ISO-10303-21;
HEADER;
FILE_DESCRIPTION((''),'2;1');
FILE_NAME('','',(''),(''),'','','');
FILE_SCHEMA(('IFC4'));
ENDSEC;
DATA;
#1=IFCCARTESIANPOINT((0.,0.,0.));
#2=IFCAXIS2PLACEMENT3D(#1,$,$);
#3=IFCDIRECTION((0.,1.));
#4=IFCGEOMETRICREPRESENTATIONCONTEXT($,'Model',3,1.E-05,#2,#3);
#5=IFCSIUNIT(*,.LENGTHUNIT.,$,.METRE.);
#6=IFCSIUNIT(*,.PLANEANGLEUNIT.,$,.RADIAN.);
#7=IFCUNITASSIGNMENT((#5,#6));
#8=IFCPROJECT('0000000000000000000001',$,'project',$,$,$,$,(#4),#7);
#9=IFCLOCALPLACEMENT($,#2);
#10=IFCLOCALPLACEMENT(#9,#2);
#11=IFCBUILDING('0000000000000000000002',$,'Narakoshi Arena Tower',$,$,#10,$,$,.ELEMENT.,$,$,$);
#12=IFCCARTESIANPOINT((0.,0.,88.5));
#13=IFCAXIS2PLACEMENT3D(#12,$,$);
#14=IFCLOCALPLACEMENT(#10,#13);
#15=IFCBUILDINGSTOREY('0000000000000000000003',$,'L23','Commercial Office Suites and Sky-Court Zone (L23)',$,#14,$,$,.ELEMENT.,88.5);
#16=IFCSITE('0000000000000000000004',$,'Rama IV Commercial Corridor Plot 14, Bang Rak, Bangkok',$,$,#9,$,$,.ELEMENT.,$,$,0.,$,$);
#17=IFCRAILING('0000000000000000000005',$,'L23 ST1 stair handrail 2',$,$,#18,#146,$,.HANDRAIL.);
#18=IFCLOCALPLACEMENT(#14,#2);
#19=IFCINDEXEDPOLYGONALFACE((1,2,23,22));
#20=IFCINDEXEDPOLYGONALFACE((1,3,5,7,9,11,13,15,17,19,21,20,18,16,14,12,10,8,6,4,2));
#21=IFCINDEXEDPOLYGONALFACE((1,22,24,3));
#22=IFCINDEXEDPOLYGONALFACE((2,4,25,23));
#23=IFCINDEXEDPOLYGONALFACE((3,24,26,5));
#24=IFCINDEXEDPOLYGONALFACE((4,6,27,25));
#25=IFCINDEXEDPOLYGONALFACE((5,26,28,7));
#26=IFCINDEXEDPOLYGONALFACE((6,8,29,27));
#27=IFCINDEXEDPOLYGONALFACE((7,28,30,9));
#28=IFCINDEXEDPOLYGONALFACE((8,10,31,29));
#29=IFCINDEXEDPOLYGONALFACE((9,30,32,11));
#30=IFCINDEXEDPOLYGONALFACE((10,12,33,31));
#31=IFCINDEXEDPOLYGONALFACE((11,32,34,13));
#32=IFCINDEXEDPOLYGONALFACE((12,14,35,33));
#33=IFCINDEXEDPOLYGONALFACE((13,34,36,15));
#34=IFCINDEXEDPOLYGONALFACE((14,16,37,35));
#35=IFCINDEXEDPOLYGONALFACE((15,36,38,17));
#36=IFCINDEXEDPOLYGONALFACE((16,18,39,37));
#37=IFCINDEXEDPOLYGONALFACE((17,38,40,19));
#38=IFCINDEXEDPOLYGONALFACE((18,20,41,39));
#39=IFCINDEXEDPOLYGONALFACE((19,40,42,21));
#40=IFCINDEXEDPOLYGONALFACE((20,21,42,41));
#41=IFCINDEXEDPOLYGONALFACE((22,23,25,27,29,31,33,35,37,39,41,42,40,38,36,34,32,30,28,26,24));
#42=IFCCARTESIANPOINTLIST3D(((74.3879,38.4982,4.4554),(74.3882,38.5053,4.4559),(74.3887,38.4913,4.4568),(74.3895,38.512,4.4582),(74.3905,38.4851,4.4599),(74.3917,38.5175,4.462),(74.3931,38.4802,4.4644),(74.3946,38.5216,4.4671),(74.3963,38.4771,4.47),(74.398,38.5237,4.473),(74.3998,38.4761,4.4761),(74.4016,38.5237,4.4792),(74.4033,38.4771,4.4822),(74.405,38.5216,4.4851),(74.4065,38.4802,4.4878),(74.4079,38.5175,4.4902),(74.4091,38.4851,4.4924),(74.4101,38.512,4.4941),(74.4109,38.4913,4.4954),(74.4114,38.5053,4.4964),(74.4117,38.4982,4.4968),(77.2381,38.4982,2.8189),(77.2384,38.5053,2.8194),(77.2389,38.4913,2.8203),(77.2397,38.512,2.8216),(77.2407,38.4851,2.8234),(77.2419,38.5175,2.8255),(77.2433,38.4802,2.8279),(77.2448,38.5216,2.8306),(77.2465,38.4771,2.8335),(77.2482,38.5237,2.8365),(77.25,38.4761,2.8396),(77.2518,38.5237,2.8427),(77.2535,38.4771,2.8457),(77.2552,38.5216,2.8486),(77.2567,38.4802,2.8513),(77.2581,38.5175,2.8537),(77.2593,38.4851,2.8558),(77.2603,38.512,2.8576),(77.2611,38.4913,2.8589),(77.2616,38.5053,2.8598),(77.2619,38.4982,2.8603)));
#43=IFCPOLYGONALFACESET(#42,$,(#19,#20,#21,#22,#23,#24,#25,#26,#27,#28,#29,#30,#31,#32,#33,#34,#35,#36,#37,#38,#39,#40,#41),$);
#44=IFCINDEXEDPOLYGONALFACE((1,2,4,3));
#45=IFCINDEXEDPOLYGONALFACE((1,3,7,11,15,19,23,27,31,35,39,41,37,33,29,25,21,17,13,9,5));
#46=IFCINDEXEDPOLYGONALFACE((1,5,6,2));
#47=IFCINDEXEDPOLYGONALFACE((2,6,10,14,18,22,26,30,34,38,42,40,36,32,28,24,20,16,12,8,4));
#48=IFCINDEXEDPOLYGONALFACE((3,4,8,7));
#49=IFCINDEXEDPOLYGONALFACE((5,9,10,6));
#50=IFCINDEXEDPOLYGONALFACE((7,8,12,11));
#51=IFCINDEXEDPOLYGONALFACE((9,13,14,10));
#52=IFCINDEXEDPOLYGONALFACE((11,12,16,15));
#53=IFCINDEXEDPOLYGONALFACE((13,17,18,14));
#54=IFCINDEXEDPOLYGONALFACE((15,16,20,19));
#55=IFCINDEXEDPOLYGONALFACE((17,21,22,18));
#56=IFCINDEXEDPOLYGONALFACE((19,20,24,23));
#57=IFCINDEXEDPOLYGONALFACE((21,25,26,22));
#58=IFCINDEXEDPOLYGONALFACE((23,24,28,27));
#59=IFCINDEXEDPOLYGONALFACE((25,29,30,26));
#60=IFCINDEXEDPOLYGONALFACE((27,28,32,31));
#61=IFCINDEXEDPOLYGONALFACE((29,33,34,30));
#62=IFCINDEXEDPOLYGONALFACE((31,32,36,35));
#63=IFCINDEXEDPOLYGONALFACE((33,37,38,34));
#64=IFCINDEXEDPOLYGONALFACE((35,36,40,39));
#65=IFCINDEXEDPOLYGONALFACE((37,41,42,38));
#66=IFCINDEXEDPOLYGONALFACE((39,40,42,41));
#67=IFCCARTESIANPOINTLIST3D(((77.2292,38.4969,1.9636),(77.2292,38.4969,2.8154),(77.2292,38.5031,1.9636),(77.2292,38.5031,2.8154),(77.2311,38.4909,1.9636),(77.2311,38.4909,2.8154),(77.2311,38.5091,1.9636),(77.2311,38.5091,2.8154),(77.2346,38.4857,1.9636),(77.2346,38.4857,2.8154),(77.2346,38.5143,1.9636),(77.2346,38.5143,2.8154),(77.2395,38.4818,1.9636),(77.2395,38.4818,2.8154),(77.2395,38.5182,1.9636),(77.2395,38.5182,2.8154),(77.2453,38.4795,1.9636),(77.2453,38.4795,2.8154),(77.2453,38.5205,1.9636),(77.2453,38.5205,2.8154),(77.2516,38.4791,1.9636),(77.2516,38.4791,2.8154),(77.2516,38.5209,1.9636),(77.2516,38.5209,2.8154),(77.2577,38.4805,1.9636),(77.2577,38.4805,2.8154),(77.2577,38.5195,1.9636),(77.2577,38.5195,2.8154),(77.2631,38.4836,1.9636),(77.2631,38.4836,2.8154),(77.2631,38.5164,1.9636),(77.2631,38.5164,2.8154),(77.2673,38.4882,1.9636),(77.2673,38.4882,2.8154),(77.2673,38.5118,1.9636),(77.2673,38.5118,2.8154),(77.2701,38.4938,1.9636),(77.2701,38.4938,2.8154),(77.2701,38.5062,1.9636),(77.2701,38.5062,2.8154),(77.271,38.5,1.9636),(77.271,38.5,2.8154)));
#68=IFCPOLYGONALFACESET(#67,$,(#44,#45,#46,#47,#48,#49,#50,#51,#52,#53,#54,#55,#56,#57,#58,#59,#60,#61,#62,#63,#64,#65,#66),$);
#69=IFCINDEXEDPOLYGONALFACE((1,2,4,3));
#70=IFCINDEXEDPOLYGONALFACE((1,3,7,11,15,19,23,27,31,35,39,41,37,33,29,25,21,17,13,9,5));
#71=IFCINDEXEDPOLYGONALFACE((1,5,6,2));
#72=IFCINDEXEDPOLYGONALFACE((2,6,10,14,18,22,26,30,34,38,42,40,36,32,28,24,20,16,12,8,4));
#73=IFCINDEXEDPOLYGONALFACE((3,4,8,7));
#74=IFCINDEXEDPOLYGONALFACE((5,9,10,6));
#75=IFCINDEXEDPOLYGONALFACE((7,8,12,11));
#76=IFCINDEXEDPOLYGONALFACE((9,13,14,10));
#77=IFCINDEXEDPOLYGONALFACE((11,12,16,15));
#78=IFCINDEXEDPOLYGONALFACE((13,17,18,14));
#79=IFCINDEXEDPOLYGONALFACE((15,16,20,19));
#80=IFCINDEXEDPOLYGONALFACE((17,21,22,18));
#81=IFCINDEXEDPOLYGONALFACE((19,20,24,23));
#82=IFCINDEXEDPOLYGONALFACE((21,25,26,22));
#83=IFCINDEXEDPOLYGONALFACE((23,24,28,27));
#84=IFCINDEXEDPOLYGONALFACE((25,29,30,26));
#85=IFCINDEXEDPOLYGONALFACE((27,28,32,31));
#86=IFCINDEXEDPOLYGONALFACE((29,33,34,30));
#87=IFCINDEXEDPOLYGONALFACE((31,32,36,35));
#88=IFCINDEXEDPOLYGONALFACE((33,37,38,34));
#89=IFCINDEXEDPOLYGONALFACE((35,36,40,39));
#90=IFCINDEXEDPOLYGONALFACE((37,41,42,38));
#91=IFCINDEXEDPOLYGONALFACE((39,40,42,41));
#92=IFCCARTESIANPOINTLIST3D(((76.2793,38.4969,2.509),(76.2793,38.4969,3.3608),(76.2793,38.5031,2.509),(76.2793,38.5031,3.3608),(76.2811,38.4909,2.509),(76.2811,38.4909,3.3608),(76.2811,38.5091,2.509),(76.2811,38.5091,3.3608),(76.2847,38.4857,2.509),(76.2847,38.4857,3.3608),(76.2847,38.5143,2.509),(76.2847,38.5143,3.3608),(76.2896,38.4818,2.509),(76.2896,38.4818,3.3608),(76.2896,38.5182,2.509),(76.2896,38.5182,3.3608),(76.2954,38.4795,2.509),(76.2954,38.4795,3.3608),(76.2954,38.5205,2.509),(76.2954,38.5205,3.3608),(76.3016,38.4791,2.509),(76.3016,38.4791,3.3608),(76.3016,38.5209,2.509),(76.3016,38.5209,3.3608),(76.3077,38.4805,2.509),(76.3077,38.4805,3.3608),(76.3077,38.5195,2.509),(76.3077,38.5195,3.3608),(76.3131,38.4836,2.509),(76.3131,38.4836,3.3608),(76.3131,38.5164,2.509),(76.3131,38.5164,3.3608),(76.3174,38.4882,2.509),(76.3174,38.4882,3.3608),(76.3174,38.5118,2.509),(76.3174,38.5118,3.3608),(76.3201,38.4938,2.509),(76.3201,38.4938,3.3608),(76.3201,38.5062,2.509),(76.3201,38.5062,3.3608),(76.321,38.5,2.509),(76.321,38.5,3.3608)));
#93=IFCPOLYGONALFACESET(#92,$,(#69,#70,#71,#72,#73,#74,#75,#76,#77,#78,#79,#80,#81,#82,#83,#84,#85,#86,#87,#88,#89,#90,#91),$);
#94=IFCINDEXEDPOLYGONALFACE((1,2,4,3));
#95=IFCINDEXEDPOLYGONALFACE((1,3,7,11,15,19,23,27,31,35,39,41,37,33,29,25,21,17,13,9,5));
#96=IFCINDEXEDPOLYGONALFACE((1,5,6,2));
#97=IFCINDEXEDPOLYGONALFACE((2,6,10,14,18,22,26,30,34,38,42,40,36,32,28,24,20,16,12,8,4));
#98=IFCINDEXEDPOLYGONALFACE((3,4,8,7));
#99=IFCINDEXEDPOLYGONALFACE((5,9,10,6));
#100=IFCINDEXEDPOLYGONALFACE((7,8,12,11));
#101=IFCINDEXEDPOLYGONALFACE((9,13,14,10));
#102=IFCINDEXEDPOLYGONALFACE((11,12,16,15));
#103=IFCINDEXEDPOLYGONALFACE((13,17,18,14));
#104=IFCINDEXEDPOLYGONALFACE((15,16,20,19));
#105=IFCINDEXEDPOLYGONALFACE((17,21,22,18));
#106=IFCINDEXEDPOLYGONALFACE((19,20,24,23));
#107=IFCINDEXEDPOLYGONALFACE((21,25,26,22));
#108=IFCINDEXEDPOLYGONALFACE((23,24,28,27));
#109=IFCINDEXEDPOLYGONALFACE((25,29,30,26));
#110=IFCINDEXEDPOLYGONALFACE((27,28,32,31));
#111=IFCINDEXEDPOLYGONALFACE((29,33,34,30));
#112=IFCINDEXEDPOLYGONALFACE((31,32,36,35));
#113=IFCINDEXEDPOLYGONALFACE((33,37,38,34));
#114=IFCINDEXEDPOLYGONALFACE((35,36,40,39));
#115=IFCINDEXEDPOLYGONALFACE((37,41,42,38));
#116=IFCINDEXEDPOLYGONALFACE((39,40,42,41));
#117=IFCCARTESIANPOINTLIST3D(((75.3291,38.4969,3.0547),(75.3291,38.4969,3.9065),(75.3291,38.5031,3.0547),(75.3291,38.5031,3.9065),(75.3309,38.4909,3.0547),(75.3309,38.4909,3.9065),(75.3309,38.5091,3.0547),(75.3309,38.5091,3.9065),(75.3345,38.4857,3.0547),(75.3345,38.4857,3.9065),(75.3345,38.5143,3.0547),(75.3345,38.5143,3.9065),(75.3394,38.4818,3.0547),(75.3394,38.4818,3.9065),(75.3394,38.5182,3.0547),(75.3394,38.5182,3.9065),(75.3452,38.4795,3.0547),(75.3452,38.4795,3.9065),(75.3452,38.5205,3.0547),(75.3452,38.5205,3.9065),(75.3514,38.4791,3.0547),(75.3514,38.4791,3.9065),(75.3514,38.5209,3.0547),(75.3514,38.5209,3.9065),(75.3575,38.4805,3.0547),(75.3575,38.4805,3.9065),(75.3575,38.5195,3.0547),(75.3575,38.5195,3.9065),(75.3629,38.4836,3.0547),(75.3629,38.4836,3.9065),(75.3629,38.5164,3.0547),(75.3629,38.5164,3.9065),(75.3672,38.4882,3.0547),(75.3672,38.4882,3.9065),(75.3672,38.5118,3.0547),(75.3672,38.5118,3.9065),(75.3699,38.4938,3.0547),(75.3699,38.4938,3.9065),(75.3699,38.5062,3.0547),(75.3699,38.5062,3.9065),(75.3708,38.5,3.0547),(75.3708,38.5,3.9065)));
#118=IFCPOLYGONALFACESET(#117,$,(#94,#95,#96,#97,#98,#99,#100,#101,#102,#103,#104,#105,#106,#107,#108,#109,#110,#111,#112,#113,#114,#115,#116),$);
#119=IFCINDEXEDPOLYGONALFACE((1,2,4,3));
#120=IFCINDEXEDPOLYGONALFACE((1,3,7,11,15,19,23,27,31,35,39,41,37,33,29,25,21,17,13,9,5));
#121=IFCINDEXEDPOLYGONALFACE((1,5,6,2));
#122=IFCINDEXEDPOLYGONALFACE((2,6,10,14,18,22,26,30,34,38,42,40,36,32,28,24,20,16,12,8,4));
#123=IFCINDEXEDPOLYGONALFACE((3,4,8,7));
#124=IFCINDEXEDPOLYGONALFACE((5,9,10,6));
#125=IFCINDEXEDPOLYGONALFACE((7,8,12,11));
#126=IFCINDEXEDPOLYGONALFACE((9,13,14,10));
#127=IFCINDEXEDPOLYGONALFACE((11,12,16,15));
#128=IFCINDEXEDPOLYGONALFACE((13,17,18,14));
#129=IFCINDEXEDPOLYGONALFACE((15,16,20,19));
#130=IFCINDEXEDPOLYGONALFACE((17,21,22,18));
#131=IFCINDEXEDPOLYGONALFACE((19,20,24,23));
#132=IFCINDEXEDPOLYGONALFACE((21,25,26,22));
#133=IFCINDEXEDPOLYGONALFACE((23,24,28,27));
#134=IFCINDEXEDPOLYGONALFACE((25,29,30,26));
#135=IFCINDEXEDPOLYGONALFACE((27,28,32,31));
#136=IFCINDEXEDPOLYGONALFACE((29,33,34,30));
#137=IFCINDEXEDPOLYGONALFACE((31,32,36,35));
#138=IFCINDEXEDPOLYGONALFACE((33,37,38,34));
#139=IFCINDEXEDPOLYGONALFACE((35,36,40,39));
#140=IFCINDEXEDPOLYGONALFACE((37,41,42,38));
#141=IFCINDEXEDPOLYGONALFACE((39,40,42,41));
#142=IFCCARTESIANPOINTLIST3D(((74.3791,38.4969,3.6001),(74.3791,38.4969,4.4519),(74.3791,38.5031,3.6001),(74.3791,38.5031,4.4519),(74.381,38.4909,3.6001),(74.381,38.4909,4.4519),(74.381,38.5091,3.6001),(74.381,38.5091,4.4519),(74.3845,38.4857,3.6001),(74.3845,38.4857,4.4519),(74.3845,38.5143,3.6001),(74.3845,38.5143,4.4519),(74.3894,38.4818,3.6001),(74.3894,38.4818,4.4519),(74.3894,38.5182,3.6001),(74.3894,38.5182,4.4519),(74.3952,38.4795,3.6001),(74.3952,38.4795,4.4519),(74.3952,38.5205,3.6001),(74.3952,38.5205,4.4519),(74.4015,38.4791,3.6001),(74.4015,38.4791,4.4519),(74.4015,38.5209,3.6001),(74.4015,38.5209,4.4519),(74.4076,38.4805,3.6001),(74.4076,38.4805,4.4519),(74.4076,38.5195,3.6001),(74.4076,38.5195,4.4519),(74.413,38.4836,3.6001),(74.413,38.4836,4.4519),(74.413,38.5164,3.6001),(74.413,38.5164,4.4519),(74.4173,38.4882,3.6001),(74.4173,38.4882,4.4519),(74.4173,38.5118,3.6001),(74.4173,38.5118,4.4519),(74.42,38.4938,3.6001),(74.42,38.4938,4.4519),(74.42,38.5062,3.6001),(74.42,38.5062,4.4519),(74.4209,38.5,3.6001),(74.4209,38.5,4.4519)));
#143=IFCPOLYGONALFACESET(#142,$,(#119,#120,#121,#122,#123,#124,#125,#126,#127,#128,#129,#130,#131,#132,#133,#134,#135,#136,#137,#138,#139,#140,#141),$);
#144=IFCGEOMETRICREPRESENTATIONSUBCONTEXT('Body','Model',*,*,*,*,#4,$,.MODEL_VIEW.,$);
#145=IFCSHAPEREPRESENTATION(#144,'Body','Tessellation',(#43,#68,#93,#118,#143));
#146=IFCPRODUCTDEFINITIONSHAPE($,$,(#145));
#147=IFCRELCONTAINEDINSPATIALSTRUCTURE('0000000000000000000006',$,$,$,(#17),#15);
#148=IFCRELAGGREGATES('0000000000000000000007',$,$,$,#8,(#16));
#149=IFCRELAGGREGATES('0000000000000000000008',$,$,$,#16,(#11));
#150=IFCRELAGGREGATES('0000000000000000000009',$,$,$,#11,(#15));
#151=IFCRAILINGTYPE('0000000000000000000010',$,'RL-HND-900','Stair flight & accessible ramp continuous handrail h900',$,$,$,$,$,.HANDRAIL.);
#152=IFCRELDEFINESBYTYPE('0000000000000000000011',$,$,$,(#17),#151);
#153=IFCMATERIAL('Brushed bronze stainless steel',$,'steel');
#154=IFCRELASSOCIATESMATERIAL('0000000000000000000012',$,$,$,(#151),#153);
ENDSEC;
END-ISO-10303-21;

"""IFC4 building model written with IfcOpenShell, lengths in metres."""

from ifc_helpers import new_model, si_unit, direction, frame, origin, origin_2d, place, context, subcontext, project, spatial, circle, extrude, material, type_object, element, save


model = new_model("IFC4")

# Units and contexts
model_context = context("Model", 3, precision=1e-05, world=origin(), true_north=direction((0.0, 1.0)))
body_context = subcontext(model_context, "Body", "Model", "MODEL_VIEW")
ifc_project = project(units=[si_unit("LENGTHUNIT", "METRE"), si_unit("PLANEANGLEUNIT", "RADIAN")], contexts=[model_context])

# Site, building, storey
site_placement = place(None, origin())
site = spatial("IfcSite", under=ifc_project, at=site_placement, Name="Rama IV Commercial Corridor Plot 14, Bang Rak, Bangkok", CompositionType="ELEMENT", RefElevation=0.0)
building_placement = place(site_placement, origin())
building = spatial("IfcBuilding", under=site, at=building_placement, Name="Narakoshi Arena Tower", CompositionType="ELEMENT")
storey_placement = place(building_placement, frame((0.0, 0.0, 88.5)))
storey = spatial("IfcBuildingStorey", under=building, at=storey_placement, Name="L23", Description="Commercial Office Suites and Sky-Court Zone (L23)", CompositionType="ELEMENT", Elevation=88.5)

# Railing
ifc_material_1 = material(Name="Brushed bronze stainless steel", Category="steel")
railing_type_1 = type_object("IfcRailingType", Name="RL-HND-900", Description="Stair flight & accessible ramp continuous handrail h900", PredefinedType="HANDRAIL", material=ifc_material_1)
for number, where, name in (
    (1, (77.25, 38.5, 1.9636), "L23 ST1 stair handrail 2"),
):
    element("IfcRailing", number, at=place(storey_placement, frame(where)), inside=storey, type_object=railing_type_1, Name=name, PredefinedType="HANDRAIL", context=body_context, shape_type="SweptSolid", body=[
        extrude(circle(Radius=0.0239, at=origin_2d()), frame((0.0, 0.0, 0.876), z_axis=(-0.867213, 0.0, 0.497938), x_axis=(0.0, -1.0, 0.0)), (0.0, 0.0, 1.0), 3.2866),
        extrude(circle(Radius=0.021, at=origin_2d()), origin(), (0.0, 0.0, 1.0), 0.8518),
        extrude(circle(Radius=0.021, at=origin_2d()), frame((-0.95, 0.0, 0.5454)), (0.0, 0.0, 1.0), 0.8518),
        extrude(circle(Radius=0.021, at=origin_2d()), frame((-1.9001, 0.0, 1.0911)), (0.0, 0.0, 1.0), 0.8518),
        extrude(circle(Radius=0.021, at=origin_2d()), frame((-2.8501, 0.0, 1.6365)), (0.0, 0.0, 1.0), 0.8518),
    ])

save(model, "model.ifc")
